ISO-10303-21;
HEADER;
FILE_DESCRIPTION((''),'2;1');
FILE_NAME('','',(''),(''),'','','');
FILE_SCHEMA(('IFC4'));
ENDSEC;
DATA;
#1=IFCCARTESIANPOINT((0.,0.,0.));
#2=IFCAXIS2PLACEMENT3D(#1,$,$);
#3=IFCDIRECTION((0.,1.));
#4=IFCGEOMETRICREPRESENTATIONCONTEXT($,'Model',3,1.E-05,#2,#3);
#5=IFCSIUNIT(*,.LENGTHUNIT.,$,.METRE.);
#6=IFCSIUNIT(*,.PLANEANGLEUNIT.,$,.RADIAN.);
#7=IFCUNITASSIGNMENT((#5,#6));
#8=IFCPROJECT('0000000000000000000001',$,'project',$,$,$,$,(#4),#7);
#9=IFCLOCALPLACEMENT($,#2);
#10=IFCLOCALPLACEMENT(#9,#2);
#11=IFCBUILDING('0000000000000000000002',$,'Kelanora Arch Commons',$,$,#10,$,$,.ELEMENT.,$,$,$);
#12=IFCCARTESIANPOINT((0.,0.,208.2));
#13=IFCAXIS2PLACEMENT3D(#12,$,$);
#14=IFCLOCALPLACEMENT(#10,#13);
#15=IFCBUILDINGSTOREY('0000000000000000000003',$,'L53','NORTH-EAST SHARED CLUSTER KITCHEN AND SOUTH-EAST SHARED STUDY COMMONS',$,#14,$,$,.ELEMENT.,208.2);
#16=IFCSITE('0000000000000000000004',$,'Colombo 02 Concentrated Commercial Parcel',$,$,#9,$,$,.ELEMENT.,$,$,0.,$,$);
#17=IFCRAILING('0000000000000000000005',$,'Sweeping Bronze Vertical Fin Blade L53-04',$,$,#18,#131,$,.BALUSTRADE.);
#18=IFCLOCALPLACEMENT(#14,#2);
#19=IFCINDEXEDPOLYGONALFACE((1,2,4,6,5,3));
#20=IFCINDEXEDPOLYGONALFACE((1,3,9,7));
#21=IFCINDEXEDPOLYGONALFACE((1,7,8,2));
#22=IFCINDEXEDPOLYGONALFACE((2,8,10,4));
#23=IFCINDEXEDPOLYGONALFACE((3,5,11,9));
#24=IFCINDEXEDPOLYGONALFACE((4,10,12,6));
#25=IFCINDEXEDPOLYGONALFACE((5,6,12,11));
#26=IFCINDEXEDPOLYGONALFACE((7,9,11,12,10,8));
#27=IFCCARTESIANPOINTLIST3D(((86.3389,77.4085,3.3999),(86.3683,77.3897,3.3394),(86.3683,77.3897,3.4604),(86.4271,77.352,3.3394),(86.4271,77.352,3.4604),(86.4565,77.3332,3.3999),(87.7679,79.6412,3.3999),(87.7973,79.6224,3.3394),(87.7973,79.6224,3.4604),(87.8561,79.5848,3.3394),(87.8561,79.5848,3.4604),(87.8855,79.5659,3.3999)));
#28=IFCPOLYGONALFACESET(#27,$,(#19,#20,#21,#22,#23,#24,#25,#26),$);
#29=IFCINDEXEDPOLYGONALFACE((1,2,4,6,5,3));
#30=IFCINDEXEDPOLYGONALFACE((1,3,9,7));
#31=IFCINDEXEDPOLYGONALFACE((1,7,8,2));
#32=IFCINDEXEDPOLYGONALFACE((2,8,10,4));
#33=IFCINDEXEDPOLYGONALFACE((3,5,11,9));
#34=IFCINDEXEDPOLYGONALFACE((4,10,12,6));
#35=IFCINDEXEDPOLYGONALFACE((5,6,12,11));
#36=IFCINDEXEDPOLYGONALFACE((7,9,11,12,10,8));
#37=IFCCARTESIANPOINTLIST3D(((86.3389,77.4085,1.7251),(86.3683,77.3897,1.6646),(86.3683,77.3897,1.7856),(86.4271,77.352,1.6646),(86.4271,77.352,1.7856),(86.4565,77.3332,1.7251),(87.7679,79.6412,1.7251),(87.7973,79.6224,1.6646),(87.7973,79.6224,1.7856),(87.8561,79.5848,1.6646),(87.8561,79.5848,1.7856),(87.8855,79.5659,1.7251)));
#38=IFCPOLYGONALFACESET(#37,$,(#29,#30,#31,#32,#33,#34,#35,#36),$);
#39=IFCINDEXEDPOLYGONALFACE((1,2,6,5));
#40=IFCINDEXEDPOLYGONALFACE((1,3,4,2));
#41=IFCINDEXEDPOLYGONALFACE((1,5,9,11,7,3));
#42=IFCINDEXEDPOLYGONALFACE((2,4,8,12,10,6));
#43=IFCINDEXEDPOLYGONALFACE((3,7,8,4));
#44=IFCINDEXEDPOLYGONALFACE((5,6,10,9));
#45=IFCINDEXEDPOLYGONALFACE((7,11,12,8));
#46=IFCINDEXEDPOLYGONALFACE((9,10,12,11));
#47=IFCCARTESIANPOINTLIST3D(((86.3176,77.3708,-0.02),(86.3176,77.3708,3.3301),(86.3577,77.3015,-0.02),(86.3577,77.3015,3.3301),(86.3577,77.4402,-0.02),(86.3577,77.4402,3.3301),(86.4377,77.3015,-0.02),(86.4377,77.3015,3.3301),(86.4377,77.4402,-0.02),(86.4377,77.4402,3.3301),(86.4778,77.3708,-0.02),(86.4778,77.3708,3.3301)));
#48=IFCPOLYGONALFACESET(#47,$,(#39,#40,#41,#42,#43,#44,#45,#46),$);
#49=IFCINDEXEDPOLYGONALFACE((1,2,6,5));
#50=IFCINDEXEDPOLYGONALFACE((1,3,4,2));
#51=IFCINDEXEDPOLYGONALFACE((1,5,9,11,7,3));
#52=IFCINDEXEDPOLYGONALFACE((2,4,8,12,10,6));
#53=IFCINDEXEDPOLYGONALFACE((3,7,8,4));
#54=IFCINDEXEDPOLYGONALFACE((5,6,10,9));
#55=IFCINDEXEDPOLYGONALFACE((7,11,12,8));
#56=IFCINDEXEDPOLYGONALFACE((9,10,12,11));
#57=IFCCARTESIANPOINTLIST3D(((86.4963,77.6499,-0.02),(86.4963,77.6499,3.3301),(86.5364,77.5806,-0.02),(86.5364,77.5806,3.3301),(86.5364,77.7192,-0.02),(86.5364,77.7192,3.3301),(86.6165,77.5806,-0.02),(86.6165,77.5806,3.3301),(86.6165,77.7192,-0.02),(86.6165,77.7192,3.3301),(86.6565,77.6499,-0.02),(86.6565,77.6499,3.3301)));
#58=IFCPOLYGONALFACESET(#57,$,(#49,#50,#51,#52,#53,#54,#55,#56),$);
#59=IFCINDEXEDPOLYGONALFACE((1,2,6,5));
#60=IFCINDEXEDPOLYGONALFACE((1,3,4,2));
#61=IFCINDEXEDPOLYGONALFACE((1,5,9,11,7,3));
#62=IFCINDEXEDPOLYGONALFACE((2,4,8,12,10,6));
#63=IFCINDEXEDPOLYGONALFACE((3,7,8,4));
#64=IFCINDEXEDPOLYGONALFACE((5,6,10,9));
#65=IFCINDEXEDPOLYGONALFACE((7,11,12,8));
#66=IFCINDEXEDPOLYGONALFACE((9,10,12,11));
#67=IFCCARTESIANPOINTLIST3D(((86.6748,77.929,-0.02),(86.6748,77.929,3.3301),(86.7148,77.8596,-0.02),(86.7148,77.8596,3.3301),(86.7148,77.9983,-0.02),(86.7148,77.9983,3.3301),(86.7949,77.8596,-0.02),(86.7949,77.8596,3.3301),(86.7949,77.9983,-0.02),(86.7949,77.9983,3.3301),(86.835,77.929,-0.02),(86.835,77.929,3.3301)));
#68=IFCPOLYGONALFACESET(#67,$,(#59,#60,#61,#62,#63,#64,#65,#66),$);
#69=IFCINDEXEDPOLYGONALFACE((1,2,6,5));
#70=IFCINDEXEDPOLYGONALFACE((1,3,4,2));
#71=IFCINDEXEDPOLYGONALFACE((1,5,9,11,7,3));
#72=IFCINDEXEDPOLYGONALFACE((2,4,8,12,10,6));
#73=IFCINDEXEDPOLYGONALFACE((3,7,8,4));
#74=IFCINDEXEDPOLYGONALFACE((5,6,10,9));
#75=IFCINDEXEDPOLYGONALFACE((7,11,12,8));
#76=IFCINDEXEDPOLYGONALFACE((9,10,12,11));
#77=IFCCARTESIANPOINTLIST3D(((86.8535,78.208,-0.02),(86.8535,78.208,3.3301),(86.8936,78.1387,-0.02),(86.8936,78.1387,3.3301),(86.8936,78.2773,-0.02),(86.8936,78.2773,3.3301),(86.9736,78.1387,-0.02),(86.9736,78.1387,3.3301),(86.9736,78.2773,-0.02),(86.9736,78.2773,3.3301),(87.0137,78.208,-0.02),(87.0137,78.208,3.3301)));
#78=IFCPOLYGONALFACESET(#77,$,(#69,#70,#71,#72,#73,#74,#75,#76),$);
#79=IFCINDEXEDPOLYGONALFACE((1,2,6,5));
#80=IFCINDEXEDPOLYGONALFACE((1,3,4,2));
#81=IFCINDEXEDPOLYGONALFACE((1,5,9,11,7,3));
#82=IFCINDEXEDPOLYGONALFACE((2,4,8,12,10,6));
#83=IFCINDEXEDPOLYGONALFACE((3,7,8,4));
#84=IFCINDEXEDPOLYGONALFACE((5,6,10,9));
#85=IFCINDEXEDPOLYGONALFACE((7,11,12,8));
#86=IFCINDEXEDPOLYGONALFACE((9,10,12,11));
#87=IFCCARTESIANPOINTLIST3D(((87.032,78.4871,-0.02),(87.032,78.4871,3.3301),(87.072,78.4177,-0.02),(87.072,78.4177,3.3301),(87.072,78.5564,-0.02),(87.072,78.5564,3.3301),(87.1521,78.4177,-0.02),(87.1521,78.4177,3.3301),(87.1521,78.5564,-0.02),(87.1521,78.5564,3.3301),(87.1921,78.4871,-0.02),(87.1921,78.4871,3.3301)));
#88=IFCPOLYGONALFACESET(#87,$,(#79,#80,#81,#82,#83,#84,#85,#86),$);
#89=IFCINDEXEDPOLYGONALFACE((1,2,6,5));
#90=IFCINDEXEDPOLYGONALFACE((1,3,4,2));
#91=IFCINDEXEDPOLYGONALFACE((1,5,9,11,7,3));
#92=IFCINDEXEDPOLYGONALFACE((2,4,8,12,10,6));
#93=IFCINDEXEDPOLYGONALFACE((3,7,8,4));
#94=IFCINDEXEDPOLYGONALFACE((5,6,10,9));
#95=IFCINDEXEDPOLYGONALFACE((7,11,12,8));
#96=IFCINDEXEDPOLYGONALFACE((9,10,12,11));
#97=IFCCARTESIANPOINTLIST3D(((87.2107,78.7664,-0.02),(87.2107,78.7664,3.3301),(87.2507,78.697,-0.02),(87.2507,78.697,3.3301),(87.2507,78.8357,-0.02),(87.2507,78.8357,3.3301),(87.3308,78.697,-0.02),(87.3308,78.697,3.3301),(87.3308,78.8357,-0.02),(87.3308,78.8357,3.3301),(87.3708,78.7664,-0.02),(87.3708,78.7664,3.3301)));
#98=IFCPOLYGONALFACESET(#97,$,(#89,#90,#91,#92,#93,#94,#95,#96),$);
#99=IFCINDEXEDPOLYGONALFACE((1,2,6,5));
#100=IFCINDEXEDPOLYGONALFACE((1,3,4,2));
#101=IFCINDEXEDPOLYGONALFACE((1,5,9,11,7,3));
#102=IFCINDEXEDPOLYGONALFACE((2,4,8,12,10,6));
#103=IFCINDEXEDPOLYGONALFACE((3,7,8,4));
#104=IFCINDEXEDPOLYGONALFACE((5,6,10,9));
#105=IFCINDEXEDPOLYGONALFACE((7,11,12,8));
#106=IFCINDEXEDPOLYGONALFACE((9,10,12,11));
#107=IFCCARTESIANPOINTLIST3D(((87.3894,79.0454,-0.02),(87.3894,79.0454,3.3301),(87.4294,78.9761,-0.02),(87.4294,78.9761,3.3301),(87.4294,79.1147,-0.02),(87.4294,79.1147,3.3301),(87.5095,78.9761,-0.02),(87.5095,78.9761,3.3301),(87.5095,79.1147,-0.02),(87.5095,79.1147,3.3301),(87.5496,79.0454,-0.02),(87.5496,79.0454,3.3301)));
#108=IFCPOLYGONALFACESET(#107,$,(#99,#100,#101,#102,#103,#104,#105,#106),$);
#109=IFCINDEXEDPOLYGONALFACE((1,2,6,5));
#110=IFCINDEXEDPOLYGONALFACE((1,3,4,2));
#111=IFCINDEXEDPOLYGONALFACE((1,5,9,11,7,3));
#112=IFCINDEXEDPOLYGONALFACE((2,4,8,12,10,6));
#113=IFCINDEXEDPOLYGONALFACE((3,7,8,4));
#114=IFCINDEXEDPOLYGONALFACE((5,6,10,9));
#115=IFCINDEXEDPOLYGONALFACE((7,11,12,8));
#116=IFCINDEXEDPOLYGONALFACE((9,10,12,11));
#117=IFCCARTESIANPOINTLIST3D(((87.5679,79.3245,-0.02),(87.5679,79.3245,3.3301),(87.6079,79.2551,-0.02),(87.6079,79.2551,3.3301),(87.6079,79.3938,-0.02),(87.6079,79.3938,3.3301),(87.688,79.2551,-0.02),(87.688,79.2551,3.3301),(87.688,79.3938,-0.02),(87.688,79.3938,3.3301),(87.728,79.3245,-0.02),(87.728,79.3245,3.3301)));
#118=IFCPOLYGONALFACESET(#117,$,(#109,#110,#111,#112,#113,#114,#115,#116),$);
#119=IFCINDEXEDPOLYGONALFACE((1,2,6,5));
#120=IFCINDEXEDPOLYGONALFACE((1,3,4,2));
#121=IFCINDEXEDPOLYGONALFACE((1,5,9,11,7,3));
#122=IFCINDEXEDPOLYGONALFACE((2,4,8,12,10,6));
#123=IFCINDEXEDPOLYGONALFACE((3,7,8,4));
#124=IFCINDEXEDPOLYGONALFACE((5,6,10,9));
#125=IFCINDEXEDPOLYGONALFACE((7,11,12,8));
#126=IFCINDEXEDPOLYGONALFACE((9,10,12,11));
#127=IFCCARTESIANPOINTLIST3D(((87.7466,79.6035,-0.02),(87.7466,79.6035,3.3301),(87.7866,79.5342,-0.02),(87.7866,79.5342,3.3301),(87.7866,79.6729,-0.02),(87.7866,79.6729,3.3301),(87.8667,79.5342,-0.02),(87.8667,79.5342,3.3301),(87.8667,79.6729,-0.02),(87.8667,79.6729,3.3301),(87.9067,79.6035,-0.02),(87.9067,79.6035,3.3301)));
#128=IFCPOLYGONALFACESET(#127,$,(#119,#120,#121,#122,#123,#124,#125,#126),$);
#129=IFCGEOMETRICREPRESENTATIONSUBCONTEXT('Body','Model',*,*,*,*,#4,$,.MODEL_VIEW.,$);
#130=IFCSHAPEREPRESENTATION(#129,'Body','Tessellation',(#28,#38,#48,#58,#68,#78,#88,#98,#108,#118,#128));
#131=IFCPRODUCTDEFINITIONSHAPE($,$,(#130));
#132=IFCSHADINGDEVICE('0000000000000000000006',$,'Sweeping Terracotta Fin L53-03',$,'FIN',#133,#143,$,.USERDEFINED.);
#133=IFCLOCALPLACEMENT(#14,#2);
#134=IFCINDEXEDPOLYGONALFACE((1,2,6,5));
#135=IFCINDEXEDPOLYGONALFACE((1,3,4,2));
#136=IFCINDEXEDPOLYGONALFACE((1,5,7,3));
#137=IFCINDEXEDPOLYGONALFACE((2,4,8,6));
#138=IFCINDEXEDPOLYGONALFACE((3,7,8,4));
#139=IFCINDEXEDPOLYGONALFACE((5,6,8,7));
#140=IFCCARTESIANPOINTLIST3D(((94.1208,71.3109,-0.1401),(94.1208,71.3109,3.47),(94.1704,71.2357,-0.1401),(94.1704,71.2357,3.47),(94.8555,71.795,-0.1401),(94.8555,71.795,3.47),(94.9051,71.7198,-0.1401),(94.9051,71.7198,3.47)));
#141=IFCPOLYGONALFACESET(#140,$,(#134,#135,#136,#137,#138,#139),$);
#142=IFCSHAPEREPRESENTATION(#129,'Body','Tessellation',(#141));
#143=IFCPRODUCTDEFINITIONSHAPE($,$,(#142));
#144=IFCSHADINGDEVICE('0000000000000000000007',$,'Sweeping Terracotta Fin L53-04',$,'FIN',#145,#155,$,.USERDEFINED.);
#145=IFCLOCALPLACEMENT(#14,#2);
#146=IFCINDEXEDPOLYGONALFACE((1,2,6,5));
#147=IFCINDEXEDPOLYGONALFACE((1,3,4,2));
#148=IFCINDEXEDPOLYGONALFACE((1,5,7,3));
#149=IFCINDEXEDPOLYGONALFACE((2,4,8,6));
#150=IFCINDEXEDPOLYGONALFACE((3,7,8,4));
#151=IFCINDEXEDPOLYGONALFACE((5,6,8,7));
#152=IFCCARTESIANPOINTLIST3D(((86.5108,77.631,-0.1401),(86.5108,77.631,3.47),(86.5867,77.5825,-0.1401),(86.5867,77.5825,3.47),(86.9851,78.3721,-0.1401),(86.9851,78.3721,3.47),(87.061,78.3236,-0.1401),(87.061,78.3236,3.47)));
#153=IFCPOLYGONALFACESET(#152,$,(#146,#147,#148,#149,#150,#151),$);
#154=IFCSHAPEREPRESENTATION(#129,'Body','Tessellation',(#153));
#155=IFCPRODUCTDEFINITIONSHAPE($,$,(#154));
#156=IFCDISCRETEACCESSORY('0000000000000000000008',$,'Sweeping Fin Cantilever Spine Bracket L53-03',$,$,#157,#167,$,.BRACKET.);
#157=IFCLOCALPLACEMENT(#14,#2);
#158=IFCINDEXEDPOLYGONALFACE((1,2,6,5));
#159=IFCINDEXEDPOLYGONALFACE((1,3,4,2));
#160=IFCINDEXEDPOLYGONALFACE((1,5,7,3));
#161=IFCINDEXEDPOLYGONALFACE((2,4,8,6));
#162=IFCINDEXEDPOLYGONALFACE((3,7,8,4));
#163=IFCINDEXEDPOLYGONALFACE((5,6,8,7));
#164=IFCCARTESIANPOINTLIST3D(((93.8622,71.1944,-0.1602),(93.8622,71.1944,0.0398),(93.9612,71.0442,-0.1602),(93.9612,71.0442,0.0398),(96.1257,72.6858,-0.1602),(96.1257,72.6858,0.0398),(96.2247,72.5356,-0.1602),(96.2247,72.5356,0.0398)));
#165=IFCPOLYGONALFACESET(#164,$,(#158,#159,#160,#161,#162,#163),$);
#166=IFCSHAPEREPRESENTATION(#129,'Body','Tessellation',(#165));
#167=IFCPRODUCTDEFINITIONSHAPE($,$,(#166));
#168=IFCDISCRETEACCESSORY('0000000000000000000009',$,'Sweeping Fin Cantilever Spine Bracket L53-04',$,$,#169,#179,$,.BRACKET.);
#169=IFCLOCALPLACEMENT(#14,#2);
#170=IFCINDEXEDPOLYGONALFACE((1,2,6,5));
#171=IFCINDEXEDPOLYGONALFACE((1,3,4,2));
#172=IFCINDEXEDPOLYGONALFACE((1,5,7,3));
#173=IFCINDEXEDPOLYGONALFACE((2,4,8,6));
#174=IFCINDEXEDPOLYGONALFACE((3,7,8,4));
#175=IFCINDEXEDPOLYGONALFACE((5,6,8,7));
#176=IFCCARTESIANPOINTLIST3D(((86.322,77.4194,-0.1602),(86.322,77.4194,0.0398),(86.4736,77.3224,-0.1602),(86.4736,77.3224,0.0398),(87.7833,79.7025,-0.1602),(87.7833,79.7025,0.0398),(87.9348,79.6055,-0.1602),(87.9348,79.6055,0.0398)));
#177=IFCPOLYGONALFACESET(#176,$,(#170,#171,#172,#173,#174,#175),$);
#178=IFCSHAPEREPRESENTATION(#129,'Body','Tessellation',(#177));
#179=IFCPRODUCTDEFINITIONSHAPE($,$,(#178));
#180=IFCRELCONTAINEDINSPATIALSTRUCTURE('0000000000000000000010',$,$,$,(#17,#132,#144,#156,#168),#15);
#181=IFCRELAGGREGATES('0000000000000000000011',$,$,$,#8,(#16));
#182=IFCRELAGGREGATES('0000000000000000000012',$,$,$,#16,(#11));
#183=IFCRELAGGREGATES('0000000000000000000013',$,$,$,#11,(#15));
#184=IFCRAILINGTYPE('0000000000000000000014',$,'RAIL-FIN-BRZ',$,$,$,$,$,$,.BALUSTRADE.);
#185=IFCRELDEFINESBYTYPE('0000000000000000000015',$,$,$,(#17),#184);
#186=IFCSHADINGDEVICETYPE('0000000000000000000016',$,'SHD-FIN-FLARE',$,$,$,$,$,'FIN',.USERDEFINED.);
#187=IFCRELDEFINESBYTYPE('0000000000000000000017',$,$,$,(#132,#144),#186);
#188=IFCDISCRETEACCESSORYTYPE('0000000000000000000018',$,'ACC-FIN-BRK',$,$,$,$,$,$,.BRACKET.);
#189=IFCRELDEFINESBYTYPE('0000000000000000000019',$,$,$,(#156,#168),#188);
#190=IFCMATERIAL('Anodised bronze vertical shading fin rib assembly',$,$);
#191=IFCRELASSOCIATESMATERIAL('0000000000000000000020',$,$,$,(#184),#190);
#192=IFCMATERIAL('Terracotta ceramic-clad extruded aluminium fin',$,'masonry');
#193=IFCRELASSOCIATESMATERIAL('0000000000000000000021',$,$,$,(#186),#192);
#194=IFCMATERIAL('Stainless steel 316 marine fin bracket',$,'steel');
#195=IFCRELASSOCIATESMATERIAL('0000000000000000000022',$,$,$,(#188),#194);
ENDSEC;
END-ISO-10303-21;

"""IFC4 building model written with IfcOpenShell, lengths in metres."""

from ifc_helpers import new_model, si_unit, direction, frame, origin, origin_2d, place, context, subcontext, project, spatial, polyline, rectangle, outline, extrude, source, transform, mapped, material, type_object, element, save


model = new_model("IFC4")

# Units and contexts
model_context = context("Model", 3, precision=1e-05, world=origin(), true_north=direction((0.0, 1.0)))
body_context = subcontext(model_context, "Body", "Model", "MODEL_VIEW")
ifc_project = project(units=[si_unit("LENGTHUNIT", "METRE"), si_unit("PLANEANGLEUNIT", "RADIAN")], contexts=[model_context])

# Site, building, storey
site_placement = place(None, origin())
site = spatial("IfcSite", under=ifc_project, at=site_placement, Name="Colombo 02 Concentrated Commercial Parcel", CompositionType="ELEMENT", RefElevation=0.0)
building_placement = place(site_placement, origin())
building = spatial("IfcBuilding", under=site, at=building_placement, Name="Kelanora Arch Commons", CompositionType="ELEMENT")
storey_placement = place(building_placement, frame((0.0, 0.0, 208.2)))
storey = spatial("IfcBuildingStorey", under=building, at=storey_placement, Name="L53", Description="NORTH-EAST SHARED CLUSTER KITCHEN AND SOUTH-EAST SHARED STUDY COMMONS", CompositionType="ELEMENT", Elevation=208.2)

# Railing
ifc_material_1 = material(Name="Anodised bronze vertical shading fin rib assembly")
railing_type = type_object("IfcRailingType", Name="RAIL-FIN-BRZ", PredefinedType="BALUSTRADE", material=ifc_material_1)
railing_1_placement = place(storey_placement, frame((86.3977, 77.3708, -0.02)))
element("IfcRailing", 1, at=railing_1_placement, inside=storey, type_object=railing_type, Name="Sweeping Bronze Vertical Fin Blade L53-04", PredefinedType="BALUSTRADE", context=body_context, shape_type="SweptSolid", body=[
    extrude(outline(polyline([(0.0698, 0.0), (0.0349, 0.0605), (-0.0349, 0.0605), (-0.0698, 0.0), (-0.0349, -0.0605), (0.0349, -0.0605), (0.0698, 0.0)])), frame((0.0, 0.0, 3.4199), z_axis=(0.539067, 0.842263, 0.0), x_axis=(-0.842263, 0.539067, 0.0)), (0.0, 0.0, 1.0), 2.6509),
    extrude(outline(polyline([(0.0698, 0.0), (0.0349, 0.0605), (-0.0349, 0.0605), (-0.0698, 0.0), (-0.0349, -0.0605), (0.0349, -0.0605), (0.0698, 0.0)])), frame((0.0, 0.0, 1.7451), z_axis=(0.539067, 0.842263, 0.0), x_axis=(-0.842263, 0.539067, 0.0)), (0.0, 0.0, 1.0), 2.6509),
    extrude(outline(polyline([(0.0801, 0.0), (0.04, 0.0693), (-0.04, 0.0693), (-0.0801, 0.0), (-0.04, -0.0693), (0.04, -0.0693), (0.0801, 0.0)])), origin(), (0.0, 0.0, 1.0), 3.3501),
    extrude(outline(polyline([(0.0801, 0.0), (0.04, 0.0693), (-0.04, 0.0693), (-0.0801, 0.0), (-0.04, -0.0693), (0.04, -0.0693), (0.0801, 0.0)])), frame((0.1787, 0.2791, 0.0)), (0.0, 0.0, 1.0), 3.3501),
    extrude(outline(polyline([(0.0801, 0.0), (0.04, 0.0693), (-0.04, 0.0693), (-0.0801, 0.0), (-0.04, -0.0693), (0.04, -0.0693), (0.0801, 0.0)])), frame((0.3572, 0.5581, 0.0)), (0.0, 0.0, 1.0), 3.3501),
    extrude(outline(polyline([(0.0801, 0.0), (0.04, 0.0693), (-0.04, 0.0693), (-0.0801, 0.0), (-0.04, -0.0693), (0.04, -0.0693), (0.0801, 0.0)])), frame((0.5359, 0.8372, 0.0)), (0.0, 0.0, 1.0), 3.3501),
    extrude(outline(polyline([(0.0801, 0.0), (0.04, 0.0693), (-0.04, 0.0693), (-0.0801, 0.0), (-0.04, -0.0693), (0.04, -0.0693), (0.0801, 0.0)])), frame((0.7144, 1.1162, 0.0)), (0.0, 0.0, 1.0), 3.3501),
    extrude(outline(polyline([(0.0801, 0.0), (0.04, 0.0693), (-0.04, 0.0693), (-0.0801, 0.0), (-0.04, -0.0693), (0.04, -0.0693), (0.0801, 0.0)])), frame((0.8931, 1.3955, 0.0)), (0.0, 0.0, 1.0), 3.3501),
    extrude(outline(polyline([(0.0801, 0.0), (0.04, 0.0693), (-0.04, 0.0693), (-0.0801, 0.0), (-0.04, -0.0693), (0.04, -0.0693), (0.0801, 0.0)])), frame((1.0718, 1.6746, 0.0)), (0.0, 0.0, 1.0), 3.3501),
    extrude(outline(polyline([(0.0801, 0.0), (0.04, 0.0693), (-0.04, 0.0693), (-0.0801, 0.0), (-0.04, -0.0693), (0.04, -0.0693), (0.0801, 0.0)])), frame((1.2502, 1.9536, 0.0)), (0.0, 0.0, 1.0), 3.3501),
    extrude(outline(polyline([(0.0801, 0.0), (0.04, 0.0693), (-0.04, 0.0693), (-0.0801, 0.0), (-0.04, -0.0693), (0.04, -0.0693), (0.0801, 0.0)])), frame((1.429, 2.2327, 0.0)), (0.0, 0.0, 1.0), 3.3501),
])

# Shading devices
ifc_material_2 = material(Name="Terracotta ceramic-clad extruded aluminium fin", Category="masonry")
shading_device_type = type_object("IfcShadingDeviceType", Name="SHD-FIN-FLARE", ElementType="FIN", PredefinedType="USERDEFINED", material=ifc_material_2)
shared_shape_1 = source(origin(), body_context, "Body", "SweptSolid", [
    extrude(rectangle(XDim=0.8799, YDim=0.0901, at=origin_2d()), origin(), (0.0, 0.0, 1.0), 3.6101),
])
for number, where, z_axis, x_axis, name in (
    (2, (94.5129, 71.5154, -0.1401), (0.0, 0.0, 1.0), (0.83504, 0.550189, 0.0), "Sweeping Terracotta Fin L53-03"),
    (3, (86.7859, 77.9773, -0.1401), (0.0, 0.0, 1.0), (0.539065, 0.842264, 0.0), "Sweeping Terracotta Fin L53-04"),
):
    element("IfcShadingDevice", number, at=place(storey_placement, frame(where, z_axis=z_axis, x_axis=x_axis)), inside=storey, type_object=shading_device_type, Name=name, ObjectType="FIN", PredefinedType="USERDEFINED", context=body_context, shape_type="MappedRepresentation", body=[
        mapped(shared_shape_1, transform((0.0, 0.0, 0.0), scale=1.0)),
    ])

# Discrete accessories
ifc_material_3 = material(Name="Stainless steel 316 marine fin bracket", Category="steel")
discrete_accessory_type = type_object("IfcDiscreteAccessoryType", Name="ACC-FIN-BRK", PredefinedType="BRACKET", material=ifc_material_3)
shared_shape_2 = source(origin(), body_context, "Body", "SweptSolid", [
    extrude(rectangle(XDim=2.7107, YDim=0.1799, at=origin_2d()), origin(), (0.0, 0.0, 1.0), 0.2),
])
for number, where, z_axis, x_axis, name in (
    (4, (95.0435, 71.865, -0.1602), (0.0, 0.0, 1.0), (0.83504, 0.550189, 0.0), "Sweeping Fin Cantilever Spine Bracket L53-03"),
    (5, (87.1284, 78.5125, -0.1602), (0.0, 0.0, 1.0), (0.539065, 0.842264, 0.0), "Sweeping Fin Cantilever Spine Bracket L53-04"),
):
    element("IfcDiscreteAccessory", number, at=place(storey_placement, frame(where, z_axis=z_axis, x_axis=x_axis)), inside=storey, type_object=discrete_accessory_type, Name=name, PredefinedType="BRACKET", context=body_context, shape_type="MappedRepresentation", body=[
        mapped(shared_shape_2, transform((0.0, 0.0, 0.0), scale=1.0)),
    ])

save(model, "model.ifc")
